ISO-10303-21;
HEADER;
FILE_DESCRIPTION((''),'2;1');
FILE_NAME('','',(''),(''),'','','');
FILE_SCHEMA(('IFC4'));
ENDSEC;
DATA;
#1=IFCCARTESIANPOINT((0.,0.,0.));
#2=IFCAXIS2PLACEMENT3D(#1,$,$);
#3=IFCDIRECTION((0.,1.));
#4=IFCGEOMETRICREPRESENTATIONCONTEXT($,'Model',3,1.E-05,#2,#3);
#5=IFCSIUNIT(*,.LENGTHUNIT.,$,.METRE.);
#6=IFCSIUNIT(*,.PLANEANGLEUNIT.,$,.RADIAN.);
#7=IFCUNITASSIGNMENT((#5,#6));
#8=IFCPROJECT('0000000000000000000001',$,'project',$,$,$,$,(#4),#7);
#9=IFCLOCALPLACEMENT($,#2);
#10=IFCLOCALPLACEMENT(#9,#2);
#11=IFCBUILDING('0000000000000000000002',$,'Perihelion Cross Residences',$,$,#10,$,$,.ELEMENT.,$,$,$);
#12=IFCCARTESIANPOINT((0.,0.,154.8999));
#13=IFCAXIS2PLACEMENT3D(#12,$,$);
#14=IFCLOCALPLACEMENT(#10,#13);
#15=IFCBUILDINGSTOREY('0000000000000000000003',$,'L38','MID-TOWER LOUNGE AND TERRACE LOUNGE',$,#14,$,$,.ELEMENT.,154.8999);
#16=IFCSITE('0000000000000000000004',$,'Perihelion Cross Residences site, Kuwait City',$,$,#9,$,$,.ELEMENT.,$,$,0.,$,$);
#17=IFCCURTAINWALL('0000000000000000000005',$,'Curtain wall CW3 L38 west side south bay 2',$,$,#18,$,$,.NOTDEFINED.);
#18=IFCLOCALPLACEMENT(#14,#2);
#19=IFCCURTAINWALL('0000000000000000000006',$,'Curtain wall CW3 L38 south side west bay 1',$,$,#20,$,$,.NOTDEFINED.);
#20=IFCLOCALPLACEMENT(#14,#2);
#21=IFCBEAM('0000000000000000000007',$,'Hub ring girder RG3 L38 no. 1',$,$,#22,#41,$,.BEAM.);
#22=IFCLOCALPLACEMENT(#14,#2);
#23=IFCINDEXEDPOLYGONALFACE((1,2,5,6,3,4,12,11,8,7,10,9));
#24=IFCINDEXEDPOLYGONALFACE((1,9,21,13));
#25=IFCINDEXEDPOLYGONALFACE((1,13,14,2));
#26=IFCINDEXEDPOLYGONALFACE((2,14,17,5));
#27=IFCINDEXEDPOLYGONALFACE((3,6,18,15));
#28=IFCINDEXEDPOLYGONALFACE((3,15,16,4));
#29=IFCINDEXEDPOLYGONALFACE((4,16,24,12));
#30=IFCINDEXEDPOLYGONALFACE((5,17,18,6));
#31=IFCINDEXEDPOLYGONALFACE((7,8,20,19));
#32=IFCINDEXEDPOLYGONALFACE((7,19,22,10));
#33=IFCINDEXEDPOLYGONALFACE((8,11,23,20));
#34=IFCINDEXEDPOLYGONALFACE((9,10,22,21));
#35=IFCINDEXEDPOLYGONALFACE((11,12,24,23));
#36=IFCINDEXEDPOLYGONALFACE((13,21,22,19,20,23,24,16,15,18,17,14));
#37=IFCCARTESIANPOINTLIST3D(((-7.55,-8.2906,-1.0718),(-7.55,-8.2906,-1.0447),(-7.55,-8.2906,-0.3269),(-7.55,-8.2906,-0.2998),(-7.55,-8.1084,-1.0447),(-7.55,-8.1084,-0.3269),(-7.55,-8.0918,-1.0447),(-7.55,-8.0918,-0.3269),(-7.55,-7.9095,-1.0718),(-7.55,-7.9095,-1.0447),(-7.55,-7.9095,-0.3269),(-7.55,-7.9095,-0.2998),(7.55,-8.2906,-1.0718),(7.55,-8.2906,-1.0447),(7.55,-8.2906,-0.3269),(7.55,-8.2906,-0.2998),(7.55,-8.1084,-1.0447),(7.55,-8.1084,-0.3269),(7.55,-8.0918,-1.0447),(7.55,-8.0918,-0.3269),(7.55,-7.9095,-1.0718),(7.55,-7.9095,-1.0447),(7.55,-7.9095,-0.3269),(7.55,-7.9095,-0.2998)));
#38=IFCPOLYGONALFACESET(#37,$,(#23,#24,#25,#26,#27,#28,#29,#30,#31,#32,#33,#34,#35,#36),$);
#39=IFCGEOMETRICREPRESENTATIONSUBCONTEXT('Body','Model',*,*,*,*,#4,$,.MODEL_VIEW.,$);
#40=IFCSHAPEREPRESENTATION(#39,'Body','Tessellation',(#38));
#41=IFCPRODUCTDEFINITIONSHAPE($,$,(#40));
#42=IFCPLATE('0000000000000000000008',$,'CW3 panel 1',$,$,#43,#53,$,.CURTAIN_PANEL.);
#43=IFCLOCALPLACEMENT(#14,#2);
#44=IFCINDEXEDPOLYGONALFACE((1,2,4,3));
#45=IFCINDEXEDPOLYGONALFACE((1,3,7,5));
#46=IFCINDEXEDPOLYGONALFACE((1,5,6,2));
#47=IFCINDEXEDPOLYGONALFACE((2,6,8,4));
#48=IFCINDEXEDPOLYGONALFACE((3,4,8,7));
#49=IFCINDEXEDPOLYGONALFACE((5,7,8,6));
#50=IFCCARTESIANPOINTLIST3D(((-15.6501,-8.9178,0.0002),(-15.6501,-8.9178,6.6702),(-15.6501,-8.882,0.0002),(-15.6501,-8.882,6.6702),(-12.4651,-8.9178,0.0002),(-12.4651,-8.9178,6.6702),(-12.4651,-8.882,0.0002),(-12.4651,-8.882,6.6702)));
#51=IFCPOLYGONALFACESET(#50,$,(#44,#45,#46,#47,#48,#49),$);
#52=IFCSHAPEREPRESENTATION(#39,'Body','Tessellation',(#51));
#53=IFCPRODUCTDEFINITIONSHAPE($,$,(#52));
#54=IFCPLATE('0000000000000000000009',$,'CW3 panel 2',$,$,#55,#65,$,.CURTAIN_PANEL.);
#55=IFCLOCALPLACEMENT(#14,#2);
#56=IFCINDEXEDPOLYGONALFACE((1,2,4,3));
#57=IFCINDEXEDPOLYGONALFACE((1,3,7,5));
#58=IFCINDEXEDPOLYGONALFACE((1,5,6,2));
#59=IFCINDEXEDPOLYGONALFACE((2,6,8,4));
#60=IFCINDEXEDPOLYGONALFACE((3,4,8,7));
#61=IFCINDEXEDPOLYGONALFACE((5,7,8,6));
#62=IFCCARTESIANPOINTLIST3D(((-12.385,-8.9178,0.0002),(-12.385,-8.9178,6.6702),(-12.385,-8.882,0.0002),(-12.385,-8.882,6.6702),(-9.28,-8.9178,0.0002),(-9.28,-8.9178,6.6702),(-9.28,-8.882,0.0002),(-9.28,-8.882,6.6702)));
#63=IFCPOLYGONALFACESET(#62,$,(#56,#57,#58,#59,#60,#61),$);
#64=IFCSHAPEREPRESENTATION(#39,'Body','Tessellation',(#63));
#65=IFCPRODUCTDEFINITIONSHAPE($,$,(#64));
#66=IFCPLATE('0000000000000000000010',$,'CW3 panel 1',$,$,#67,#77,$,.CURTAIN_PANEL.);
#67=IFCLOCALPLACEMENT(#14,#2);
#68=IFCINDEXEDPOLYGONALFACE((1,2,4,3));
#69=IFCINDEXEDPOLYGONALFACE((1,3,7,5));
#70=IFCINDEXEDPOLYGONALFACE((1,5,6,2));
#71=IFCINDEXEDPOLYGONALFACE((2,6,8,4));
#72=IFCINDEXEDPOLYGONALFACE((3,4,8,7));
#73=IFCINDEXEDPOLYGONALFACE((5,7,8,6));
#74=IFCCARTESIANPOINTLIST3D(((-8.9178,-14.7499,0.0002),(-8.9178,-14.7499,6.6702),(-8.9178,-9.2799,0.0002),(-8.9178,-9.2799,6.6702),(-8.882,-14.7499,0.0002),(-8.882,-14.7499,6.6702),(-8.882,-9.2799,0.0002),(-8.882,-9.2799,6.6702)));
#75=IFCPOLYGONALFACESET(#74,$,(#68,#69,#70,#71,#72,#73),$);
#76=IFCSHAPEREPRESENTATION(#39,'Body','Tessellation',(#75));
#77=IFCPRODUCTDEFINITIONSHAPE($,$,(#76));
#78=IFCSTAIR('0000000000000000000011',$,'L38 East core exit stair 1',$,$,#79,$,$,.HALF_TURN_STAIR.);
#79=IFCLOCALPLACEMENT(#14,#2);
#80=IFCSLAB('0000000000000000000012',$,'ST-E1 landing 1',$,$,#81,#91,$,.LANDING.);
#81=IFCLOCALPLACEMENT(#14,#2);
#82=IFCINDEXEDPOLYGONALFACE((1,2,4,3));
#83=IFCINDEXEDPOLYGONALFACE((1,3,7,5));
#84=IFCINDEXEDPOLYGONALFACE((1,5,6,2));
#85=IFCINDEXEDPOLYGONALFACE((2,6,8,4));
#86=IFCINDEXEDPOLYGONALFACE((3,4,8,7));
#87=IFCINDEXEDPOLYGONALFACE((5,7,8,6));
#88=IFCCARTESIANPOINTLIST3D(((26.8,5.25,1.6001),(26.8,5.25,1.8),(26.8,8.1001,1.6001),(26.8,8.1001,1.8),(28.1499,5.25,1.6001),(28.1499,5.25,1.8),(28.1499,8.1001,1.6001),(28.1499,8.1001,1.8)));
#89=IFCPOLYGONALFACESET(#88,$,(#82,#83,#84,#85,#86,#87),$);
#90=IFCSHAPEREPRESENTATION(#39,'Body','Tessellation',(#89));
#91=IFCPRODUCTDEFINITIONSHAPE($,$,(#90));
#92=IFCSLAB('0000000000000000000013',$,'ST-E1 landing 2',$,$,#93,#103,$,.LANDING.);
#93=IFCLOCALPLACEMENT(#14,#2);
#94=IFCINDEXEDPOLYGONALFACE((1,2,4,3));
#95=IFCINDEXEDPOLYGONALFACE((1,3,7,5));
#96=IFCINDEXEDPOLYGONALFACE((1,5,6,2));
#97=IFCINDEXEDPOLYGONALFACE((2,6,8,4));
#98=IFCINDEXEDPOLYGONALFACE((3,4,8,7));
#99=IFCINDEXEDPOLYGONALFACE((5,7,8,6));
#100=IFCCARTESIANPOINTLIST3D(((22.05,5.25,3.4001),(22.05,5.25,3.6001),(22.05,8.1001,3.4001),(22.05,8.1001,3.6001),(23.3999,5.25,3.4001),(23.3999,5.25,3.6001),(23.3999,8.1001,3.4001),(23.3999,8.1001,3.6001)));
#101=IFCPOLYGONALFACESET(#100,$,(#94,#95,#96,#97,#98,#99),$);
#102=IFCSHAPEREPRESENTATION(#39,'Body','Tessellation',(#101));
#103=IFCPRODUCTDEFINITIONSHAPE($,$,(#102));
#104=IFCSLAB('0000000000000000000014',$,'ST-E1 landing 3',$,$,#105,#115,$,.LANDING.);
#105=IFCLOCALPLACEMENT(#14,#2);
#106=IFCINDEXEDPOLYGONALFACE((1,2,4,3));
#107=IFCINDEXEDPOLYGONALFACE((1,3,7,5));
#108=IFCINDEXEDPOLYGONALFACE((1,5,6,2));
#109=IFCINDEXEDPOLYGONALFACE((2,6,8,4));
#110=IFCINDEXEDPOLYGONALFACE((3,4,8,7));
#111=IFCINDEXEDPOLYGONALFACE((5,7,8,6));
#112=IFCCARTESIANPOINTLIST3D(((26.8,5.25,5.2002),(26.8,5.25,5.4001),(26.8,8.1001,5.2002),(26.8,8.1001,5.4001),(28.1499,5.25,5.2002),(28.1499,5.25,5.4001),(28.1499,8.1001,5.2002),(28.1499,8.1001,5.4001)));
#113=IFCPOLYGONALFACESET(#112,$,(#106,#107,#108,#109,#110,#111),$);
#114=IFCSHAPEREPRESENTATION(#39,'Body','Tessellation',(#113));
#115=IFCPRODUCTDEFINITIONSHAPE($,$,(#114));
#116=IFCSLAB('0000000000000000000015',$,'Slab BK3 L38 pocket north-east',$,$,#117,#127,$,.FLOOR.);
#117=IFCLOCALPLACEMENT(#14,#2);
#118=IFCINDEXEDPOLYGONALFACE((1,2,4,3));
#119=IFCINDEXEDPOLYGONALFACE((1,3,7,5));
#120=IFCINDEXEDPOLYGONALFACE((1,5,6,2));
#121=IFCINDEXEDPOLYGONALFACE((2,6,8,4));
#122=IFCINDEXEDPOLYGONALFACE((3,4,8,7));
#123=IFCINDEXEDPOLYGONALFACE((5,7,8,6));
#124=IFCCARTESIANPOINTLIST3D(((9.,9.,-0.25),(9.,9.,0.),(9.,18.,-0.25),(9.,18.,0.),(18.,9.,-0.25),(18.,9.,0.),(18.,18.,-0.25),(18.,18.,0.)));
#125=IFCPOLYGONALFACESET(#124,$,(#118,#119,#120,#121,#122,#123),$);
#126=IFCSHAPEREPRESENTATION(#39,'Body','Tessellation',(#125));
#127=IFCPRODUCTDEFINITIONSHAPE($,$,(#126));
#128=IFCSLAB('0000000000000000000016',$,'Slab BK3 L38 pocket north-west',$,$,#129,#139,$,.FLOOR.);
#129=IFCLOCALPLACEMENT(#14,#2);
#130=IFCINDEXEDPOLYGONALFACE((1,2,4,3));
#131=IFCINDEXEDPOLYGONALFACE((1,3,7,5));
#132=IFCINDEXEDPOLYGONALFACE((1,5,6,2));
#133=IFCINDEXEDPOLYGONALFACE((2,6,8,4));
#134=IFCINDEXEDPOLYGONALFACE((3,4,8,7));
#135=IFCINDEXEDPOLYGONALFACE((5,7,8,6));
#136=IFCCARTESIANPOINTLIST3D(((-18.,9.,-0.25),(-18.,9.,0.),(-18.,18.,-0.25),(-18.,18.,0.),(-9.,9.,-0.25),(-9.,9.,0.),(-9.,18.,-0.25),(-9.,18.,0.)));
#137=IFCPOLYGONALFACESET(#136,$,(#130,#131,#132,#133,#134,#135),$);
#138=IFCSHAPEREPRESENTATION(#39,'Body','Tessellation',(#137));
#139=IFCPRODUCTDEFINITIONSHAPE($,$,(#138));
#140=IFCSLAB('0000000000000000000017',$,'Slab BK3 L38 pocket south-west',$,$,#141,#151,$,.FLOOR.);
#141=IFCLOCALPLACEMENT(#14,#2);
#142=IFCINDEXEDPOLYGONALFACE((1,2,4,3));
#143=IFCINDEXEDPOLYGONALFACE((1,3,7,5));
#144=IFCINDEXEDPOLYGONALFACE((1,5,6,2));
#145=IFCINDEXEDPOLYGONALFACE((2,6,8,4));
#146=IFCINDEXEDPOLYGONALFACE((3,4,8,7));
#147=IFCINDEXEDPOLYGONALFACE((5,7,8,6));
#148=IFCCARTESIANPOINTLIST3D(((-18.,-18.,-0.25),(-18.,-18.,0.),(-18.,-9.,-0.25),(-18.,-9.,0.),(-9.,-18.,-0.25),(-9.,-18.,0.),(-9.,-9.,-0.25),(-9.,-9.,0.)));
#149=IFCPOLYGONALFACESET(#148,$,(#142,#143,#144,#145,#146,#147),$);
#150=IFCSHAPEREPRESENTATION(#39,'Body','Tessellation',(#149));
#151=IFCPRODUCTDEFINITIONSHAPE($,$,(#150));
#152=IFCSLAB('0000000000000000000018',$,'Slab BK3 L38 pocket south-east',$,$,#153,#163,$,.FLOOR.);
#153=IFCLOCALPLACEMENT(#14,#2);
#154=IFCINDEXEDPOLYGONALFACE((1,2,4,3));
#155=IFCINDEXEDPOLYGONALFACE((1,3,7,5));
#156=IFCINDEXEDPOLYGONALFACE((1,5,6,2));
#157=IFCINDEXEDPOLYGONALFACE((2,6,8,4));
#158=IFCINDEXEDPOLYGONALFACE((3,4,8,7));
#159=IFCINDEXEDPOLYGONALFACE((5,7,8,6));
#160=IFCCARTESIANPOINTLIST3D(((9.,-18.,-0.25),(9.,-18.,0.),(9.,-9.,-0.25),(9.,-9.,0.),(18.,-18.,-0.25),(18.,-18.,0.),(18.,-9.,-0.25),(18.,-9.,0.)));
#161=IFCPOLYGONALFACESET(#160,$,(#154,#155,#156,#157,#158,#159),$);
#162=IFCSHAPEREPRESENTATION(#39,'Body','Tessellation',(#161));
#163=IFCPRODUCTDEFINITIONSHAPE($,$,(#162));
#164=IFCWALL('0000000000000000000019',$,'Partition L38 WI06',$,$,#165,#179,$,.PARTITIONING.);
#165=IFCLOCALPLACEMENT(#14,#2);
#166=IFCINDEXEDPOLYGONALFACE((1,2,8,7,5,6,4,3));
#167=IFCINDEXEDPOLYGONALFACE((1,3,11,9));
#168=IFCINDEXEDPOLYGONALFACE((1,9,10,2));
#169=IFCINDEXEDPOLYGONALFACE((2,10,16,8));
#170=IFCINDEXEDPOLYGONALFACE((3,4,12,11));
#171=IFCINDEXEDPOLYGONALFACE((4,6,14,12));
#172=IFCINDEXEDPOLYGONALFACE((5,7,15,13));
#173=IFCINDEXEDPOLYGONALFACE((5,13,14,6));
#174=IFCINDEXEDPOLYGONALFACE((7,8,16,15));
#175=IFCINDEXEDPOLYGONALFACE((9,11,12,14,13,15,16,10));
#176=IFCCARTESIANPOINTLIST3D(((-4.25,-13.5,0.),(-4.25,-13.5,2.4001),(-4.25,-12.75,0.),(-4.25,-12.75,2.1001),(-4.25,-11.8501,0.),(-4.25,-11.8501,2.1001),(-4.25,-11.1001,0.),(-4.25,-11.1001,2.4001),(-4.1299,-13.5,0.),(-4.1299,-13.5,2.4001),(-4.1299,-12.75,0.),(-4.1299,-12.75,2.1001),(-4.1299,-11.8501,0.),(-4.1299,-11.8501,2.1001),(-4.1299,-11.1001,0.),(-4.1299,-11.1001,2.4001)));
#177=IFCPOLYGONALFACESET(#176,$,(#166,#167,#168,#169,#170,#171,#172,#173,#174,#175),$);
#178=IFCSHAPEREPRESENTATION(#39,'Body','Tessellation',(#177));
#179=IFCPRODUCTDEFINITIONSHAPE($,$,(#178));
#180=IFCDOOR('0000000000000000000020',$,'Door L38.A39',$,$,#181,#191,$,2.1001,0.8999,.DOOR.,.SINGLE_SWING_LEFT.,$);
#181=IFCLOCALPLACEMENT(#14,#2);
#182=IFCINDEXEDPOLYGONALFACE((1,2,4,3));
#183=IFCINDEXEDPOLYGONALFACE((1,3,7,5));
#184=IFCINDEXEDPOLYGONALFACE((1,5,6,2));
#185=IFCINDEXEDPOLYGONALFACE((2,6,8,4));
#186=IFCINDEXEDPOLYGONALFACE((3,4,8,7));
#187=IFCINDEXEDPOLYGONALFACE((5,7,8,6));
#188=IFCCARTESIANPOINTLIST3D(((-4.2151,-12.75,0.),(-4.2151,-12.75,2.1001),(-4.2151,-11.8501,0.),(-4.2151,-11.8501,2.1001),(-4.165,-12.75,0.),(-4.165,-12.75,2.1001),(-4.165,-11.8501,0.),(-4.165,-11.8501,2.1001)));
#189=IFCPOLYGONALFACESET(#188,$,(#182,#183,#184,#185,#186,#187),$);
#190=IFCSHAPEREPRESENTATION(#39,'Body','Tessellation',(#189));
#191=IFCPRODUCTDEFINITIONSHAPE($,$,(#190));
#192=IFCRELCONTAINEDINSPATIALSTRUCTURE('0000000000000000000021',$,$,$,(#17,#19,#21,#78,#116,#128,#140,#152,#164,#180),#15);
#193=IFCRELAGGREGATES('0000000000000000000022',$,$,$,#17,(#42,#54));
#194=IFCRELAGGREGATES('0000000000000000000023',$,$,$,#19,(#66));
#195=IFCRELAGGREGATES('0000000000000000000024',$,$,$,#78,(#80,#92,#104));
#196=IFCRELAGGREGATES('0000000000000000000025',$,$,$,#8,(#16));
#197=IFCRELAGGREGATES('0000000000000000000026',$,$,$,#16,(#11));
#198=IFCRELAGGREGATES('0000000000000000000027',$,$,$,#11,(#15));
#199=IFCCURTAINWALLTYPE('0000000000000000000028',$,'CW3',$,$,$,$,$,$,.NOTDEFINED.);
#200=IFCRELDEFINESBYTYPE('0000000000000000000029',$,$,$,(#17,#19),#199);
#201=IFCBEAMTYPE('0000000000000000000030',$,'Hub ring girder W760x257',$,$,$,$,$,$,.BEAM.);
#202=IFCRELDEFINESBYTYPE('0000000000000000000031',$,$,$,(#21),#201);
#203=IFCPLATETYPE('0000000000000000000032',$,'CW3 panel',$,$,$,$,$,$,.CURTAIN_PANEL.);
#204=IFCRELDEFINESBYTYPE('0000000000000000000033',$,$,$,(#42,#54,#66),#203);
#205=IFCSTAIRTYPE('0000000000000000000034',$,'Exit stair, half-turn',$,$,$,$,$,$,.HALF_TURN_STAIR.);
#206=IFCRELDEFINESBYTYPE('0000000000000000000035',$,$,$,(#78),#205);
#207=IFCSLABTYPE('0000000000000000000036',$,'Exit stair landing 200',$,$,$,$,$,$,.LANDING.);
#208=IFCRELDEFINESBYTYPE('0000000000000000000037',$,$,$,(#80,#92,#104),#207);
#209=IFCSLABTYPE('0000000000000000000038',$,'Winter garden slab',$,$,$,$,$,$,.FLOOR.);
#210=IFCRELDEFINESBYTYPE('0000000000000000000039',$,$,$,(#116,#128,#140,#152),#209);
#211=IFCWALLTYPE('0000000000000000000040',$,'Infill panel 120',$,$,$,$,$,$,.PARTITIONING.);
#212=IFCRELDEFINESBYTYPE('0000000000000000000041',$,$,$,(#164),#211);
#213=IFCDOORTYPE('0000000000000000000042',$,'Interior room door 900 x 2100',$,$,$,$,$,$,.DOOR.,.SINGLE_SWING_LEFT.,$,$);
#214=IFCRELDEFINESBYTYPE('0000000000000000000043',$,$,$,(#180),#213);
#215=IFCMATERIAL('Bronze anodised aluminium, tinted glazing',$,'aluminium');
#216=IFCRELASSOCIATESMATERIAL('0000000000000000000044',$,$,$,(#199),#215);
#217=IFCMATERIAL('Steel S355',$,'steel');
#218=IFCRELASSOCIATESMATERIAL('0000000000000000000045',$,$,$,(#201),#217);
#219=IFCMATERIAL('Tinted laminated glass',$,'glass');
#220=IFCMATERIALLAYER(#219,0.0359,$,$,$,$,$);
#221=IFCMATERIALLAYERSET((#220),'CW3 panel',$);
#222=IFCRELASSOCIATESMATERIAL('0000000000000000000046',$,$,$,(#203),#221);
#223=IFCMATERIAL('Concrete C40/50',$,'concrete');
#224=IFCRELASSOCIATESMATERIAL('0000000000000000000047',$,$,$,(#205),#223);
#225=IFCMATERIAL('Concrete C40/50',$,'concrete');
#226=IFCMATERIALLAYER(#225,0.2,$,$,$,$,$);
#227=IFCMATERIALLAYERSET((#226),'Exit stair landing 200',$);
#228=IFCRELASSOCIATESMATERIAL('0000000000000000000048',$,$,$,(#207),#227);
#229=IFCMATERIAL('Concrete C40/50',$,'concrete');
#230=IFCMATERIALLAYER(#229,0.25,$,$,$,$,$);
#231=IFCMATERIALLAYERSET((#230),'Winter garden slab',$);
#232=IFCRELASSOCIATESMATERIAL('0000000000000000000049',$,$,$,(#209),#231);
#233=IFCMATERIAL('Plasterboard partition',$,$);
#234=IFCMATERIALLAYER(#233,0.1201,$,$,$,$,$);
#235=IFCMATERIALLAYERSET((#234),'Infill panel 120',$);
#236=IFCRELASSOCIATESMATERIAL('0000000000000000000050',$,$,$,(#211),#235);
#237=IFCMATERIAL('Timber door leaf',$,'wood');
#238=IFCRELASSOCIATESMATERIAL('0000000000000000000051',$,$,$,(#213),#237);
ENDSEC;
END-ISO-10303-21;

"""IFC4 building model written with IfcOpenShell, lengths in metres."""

from ifc_helpers import new_model, si_unit, direction, frame, frame_2d, origin, origin_2d, place, context, subcontext, project, spatial, polyline, rectangle, i_section, outline, extrude, material, layer, layer_set, material_profile, profile_set, type_object, element, fill, aggregate, save


model = new_model("IFC4")

# Units and contexts
model_context = context("Model", 3, precision=1e-05, world=origin(), true_north=direction((0.0, 1.0)))
body_context = subcontext(model_context, "Body", "Model", "MODEL_VIEW")
ifc_project = project(units=[si_unit("LENGTHUNIT", "METRE"), si_unit("PLANEANGLEUNIT", "RADIAN")], contexts=[model_context])

# Site, building, storey
site_placement = place(None, origin())
site = spatial("IfcSite", under=ifc_project, at=site_placement, Name="Perihelion Cross Residences site, Kuwait City", CompositionType="ELEMENT", RefElevation=0.0)
building_placement = place(site_placement, origin())
building = spatial("IfcBuilding", under=site, at=building_placement, Name="Perihelion Cross Residences", CompositionType="ELEMENT")
storey_placement = place(building_placement, frame((0.0, 0.0, 154.8999)))
storey = spatial("IfcBuildingStorey", under=building, at=storey_placement, Name="L38", Description="MID-TOWER LOUNGE AND TERRACE LOUNGE", CompositionType="ELEMENT", Elevation=154.8999)

# Curtain wall
ifc_material_1 = material(Name="Bronze anodised aluminium, tinted glazing", Category="aluminium")
curtain_wall_type = type_object("IfcCurtainWallType", Name="CW3", PredefinedType="NOTDEFINED", material=ifc_material_1)
curtain_wall_1_placement = place(storey_placement, origin())
curtain_wall_1 = element("IfcCurtainWall", 1, at=curtain_wall_1_placement, inside=storey, type_object=curtain_wall_type, Name="Curtain wall CW3 L38 west side south bay 2", PredefinedType="NOTDEFINED")

# Curtain wall
curtain_wall_2_placement = place(storey_placement, origin())
curtain_wall_2 = element("IfcCurtainWall", 2, at=curtain_wall_2_placement, inside=storey, type_object=curtain_wall_type, Name="Curtain wall CW3 L38 south side west bay 1", PredefinedType="NOTDEFINED")

# Beam
ifc_material_2 = material(Name="Steel S355", Category="steel")
ifc_material_profile_1 = material_profile(ifc_material_2, i_section(OverallWidth=0.3811, OverallDepth=0.772, WebThickness=0.0166, FlangeThickness=0.0271, at=origin_2d()), Name="W760x257")
ifc_profile_set_1 = profile_set([ifc_material_profile_1], Name="Steel S355")
beam_type_1 = type_object("IfcBeamType", Name="Hub ring girder W760x257", PredefinedType="BEAM", material=ifc_profile_set_1)
beam_1_placement = place(storey_placement, frame((-7.55, -8.1001, -0.6858), z_axis=(1.0, 0.0, 0.0), x_axis=(0.0, 1.0, 0.0)))
element("IfcBeam", 3, at=beam_1_placement, inside=storey, type_object=beam_type_1, Name="Hub ring girder RG3 L38 no. 1", PredefinedType="BEAM", context=body_context, shape_type="SweptSolid", body=[
    extrude(i_section(OverallWidth=0.3811, OverallDepth=0.772, WebThickness=0.0166, FlangeThickness=0.0271, at=origin_2d()), origin(), (0.0, 0.0, 1.0), 15.1001),
])

# Plates
ifc_material_3 = material(Name="Tinted laminated glass", Category="glass")
ifc_layer_1 = layer(ifc_material_3, 0.0359)
ifc_layer_set_1 = layer_set([ifc_layer_1], Name="CW3 panel")
plate_type = type_object("IfcPlateType", Name="CW3 panel", PredefinedType="CURTAIN_PANEL", material=ifc_layer_set_1)
plate_1_placement = place(storey_placement, frame((-14.0576, -8.8999, 0.0002), z_axis=(0.0, 0.0, 1.0), x_axis=(1.0, 0.0, 0.0)))
plate_1 = element("IfcPlate", 4, at=plate_1_placement, type_object=plate_type, Name="CW3 panel 1", PredefinedType="CURTAIN_PANEL", context=body_context, shape_type="SweptSolid", body=[
    extrude(rectangle(XDim=3.1851, YDim=0.0359, at=origin_2d()), origin(), (0.0, 0.0, 1.0), 6.6699),
])
plate_2_placement = place(storey_placement, frame((-10.8325, -8.8999, 0.0002), z_axis=(0.0, 0.0, 1.0), x_axis=(1.0, 0.0, 0.0)))
plate_2 = element("IfcPlate", 5, at=plate_2_placement, type_object=plate_type, Name="CW3 panel 2", PredefinedType="CURTAIN_PANEL", context=body_context, shape_type="SweptSolid", body=[
    extrude(rectangle(XDim=3.105, YDim=0.0359, at=origin_2d()), origin(), (0.0, 0.0, 1.0), 6.6699),
])
aggregate(curtain_wall_1, [plate_1, plate_2])
plate_3_placement = place(storey_placement, frame((-8.8999, -12.0149, 0.0002), z_axis=(0.0, 0.0, 1.0), x_axis=(0.0, -1.0, 0.0)))
plate_3 = element("IfcPlate", 6, at=plate_3_placement, type_object=plate_type, Name="CW3 panel 1", PredefinedType="CURTAIN_PANEL", context=body_context, shape_type="SweptSolid", body=[
    extrude(rectangle(XDim=5.47, YDim=0.0359, at=origin_2d()), origin(), (0.0, 0.0, 1.0), 6.6699),
])
aggregate(curtain_wall_2, [plate_3])

# Stair, slabs
ifc_material_4 = material(Name="Concrete C40/50", Category="concrete")
stair_type = type_object("IfcStairType", Name="Exit stair, half-turn", PredefinedType="HALF_TURN_STAIR", material=ifc_material_4)
stair_placement = place(storey_placement, origin())
stair = element("IfcStair", 7, at=stair_placement, inside=storey, type_object=stair_type, Name="L38 East core exit stair 1", PredefinedType="HALF_TURN_STAIR")
ifc_material_5 = material(Name="Concrete C40/50", Category="concrete")
ifc_layer_2 = layer(ifc_material_5, 0.2)
ifc_layer_set_2 = layer_set([ifc_layer_2], Name="Exit stair landing 200")
slab_type_1 = type_object("IfcSlabType", Name="Exit stair landing 200", PredefinedType="LANDING", material=ifc_layer_set_2)
slab_1_placement = place(storey_placement, frame((0.0, 0.0, 1.6001)))
slab_1 = element("IfcSlab", 8, at=slab_1_placement, type_object=slab_type_1, Name="ST-E1 landing 1", PredefinedType="LANDING", context=body_context, shape_type="SweptSolid", body=[
    extrude(outline(polyline([(26.8, 5.25), (28.1499, 5.25), (28.1499, 8.1001), (26.8, 8.1001), (26.8, 5.25)])), origin(), (0.0, 0.0, 1.0), 0.2),
])
slab_2_placement = place(storey_placement, frame((0.0, 0.0, 3.4001)))
slab_2 = element("IfcSlab", 9, at=slab_2_placement, type_object=slab_type_1, Name="ST-E1 landing 2", PredefinedType="LANDING", context=body_context, shape_type="SweptSolid", body=[
    extrude(outline(polyline([(22.05, 5.25), (23.3999, 5.25), (23.3999, 8.1001), (22.05, 8.1001), (22.05, 5.25)])), origin(), (0.0, 0.0, 1.0), 0.2),
])
slab_3_placement = place(storey_placement, frame((0.0, 0.0, 5.2002)))
slab_3 = element("IfcSlab", 10, at=slab_3_placement, type_object=slab_type_1, Name="ST-E1 landing 3", PredefinedType="LANDING", context=body_context, shape_type="SweptSolid", body=[
    extrude(outline(polyline([(26.8, 5.25), (28.1499, 5.25), (28.1499, 8.1001), (26.8, 8.1001), (26.8, 5.25)])), origin(), (0.0, 0.0, 1.0), 0.2),
])
aggregate(stair, [slab_1, slab_2, slab_3])

# Slabs
ifc_material_6 = material(Name="Concrete C40/50", Category="concrete")
ifc_layer_3 = layer(ifc_material_6, 0.25)
ifc_layer_set_3 = layer_set([ifc_layer_3], Name="Winter garden slab")
slab_type_2 = type_object("IfcSlabType", Name="Winter garden slab", PredefinedType="FLOOR", material=ifc_layer_set_3)
slab_4_placement = place(storey_placement, frame((0.0, 0.0, -0.25)))
element("IfcSlab", 11, at=slab_4_placement, inside=storey, type_object=slab_type_2, Name="Slab BK3 L38 pocket north-east", PredefinedType="FLOOR", context=body_context, shape_type="SweptSolid", body=[
    extrude(outline(polyline([(18.0, 9.0), (18.0, 18.0), (9.0, 18.0), (9.0, 9.0), (18.0, 9.0)])), origin(), (0.0, 0.0, 1.0), 0.25),
])
slab_5_placement = place(storey_placement, frame((0.0, 0.0, -0.25)))
element("IfcSlab", 12, at=slab_5_placement, inside=storey, type_object=slab_type_2, Name="Slab BK3 L38 pocket north-west", PredefinedType="FLOOR", context=body_context, shape_type="SweptSolid", body=[
    extrude(outline(polyline([(-9.0, 9.0), (-9.0, 18.0), (-18.0, 18.0), (-18.0, 9.0), (-9.0, 9.0)])), origin(), (0.0, 0.0, 1.0), 0.25),
])
slab_6_placement = place(storey_placement, frame((0.0, 0.0, -0.25)))
element("IfcSlab", 13, at=slab_6_placement, inside=storey, type_object=slab_type_2, Name="Slab BK3 L38 pocket south-west", PredefinedType="FLOOR", context=body_context, shape_type="SweptSolid", body=[
    extrude(outline(polyline([(-9.0, -18.0), (-9.0, -9.0), (-18.0, -9.0), (-18.0, -18.0), (-9.0, -18.0)])), origin(), (0.0, 0.0, 1.0), 0.25),
])
slab_7_placement = place(storey_placement, frame((0.0, 0.0, -0.25)))
element("IfcSlab", 14, at=slab_7_placement, inside=storey, type_object=slab_type_2, Name="Slab BK3 L38 pocket south-east", PredefinedType="FLOOR", context=body_context, shape_type="SweptSolid", body=[
    extrude(outline(polyline([(18.0, -18.0), (18.0, -9.0), (9.0, -9.0), (9.0, -18.0), (18.0, -18.0)])), origin(), (0.0, 0.0, 1.0), 0.25),
])

# Wall, opening, door
ifc_material_7 = material(Name="Plasterboard partition")
ifc_layer_4 = layer(ifc_material_7, 0.1201)
ifc_layer_set_4 = layer_set([ifc_layer_4], Name="Infill panel 120")
wall_type_1 = type_object("IfcWallType", Name="Infill panel 120", PredefinedType="PARTITIONING", material=ifc_layer_set_4)
wall_1_placement = place(storey_placement, frame((-4.1899, -11.1001, 0.0), z_axis=(0.0, 0.0, 1.0), x_axis=(0.0, -1.0, 0.0)))
wall_1 = element("IfcWall", 15, at=wall_1_placement, inside=storey, type_object=wall_type_1, Name="Partition L38 WI06", PredefinedType="PARTITIONING", context=body_context, shape_type="SweptSolid", body=[
    extrude(rectangle(XDim=2.3999, YDim=0.1201, at=frame_2d((1.2, 0.0))), origin(), (0.0, 0.0, 1.0), 2.4001),
])
opening_1_placement = place(wall_1_placement, frame((0.75, 0.0, 0.0)))
opening_1 = element("IfcOpeningElement", 16, at=opening_1_placement, cuts=wall_1, PredefinedType="OPENING", context=body_context, shape_type="SweptSolid", body=[
    extrude(rectangle(XDim=0.8999, YDim=2.1001, at=frame_2d((0.45, 1.05))), frame((0.0, 0.0701, 0.0), z_axis=(0.0, -1.0, 0.0), x_axis=(1.0, 0.0, 0.0)), (0.0, 0.0, 1.0), 0.1401),
])
ifc_material_8 = material(Name="Timber door leaf", Category="wood")
door_type = type_object("IfcDoorType", Name="Interior room door 900 x 2100", OperationType="SINGLE_SWING_LEFT", PredefinedType="DOOR", material=ifc_material_8)
door_1_placement = place(opening_1_placement, origin())
door_1 = element("IfcDoor", 17, at=door_1_placement, inside=storey, type_object=door_type, Name="Door L38.A39", OperationType="SINGLE_SWING_LEFT", OverallHeight=2.1001, OverallWidth=0.8999, PredefinedType="DOOR", context=body_context, shape_type="SweptSolid", body=[
    extrude(rectangle(XDim=0.8999, YDim=2.1001, at=frame_2d((0.45, 1.05))), frame((0.0, 0.0249, 0.0), z_axis=(0.0, -1.0, 0.0), x_axis=(1.0, 0.0, 0.0)), (0.0, 0.0, 1.0), 0.05),
])
fill(opening_1, door_1)

save(model, "model.ifc")
